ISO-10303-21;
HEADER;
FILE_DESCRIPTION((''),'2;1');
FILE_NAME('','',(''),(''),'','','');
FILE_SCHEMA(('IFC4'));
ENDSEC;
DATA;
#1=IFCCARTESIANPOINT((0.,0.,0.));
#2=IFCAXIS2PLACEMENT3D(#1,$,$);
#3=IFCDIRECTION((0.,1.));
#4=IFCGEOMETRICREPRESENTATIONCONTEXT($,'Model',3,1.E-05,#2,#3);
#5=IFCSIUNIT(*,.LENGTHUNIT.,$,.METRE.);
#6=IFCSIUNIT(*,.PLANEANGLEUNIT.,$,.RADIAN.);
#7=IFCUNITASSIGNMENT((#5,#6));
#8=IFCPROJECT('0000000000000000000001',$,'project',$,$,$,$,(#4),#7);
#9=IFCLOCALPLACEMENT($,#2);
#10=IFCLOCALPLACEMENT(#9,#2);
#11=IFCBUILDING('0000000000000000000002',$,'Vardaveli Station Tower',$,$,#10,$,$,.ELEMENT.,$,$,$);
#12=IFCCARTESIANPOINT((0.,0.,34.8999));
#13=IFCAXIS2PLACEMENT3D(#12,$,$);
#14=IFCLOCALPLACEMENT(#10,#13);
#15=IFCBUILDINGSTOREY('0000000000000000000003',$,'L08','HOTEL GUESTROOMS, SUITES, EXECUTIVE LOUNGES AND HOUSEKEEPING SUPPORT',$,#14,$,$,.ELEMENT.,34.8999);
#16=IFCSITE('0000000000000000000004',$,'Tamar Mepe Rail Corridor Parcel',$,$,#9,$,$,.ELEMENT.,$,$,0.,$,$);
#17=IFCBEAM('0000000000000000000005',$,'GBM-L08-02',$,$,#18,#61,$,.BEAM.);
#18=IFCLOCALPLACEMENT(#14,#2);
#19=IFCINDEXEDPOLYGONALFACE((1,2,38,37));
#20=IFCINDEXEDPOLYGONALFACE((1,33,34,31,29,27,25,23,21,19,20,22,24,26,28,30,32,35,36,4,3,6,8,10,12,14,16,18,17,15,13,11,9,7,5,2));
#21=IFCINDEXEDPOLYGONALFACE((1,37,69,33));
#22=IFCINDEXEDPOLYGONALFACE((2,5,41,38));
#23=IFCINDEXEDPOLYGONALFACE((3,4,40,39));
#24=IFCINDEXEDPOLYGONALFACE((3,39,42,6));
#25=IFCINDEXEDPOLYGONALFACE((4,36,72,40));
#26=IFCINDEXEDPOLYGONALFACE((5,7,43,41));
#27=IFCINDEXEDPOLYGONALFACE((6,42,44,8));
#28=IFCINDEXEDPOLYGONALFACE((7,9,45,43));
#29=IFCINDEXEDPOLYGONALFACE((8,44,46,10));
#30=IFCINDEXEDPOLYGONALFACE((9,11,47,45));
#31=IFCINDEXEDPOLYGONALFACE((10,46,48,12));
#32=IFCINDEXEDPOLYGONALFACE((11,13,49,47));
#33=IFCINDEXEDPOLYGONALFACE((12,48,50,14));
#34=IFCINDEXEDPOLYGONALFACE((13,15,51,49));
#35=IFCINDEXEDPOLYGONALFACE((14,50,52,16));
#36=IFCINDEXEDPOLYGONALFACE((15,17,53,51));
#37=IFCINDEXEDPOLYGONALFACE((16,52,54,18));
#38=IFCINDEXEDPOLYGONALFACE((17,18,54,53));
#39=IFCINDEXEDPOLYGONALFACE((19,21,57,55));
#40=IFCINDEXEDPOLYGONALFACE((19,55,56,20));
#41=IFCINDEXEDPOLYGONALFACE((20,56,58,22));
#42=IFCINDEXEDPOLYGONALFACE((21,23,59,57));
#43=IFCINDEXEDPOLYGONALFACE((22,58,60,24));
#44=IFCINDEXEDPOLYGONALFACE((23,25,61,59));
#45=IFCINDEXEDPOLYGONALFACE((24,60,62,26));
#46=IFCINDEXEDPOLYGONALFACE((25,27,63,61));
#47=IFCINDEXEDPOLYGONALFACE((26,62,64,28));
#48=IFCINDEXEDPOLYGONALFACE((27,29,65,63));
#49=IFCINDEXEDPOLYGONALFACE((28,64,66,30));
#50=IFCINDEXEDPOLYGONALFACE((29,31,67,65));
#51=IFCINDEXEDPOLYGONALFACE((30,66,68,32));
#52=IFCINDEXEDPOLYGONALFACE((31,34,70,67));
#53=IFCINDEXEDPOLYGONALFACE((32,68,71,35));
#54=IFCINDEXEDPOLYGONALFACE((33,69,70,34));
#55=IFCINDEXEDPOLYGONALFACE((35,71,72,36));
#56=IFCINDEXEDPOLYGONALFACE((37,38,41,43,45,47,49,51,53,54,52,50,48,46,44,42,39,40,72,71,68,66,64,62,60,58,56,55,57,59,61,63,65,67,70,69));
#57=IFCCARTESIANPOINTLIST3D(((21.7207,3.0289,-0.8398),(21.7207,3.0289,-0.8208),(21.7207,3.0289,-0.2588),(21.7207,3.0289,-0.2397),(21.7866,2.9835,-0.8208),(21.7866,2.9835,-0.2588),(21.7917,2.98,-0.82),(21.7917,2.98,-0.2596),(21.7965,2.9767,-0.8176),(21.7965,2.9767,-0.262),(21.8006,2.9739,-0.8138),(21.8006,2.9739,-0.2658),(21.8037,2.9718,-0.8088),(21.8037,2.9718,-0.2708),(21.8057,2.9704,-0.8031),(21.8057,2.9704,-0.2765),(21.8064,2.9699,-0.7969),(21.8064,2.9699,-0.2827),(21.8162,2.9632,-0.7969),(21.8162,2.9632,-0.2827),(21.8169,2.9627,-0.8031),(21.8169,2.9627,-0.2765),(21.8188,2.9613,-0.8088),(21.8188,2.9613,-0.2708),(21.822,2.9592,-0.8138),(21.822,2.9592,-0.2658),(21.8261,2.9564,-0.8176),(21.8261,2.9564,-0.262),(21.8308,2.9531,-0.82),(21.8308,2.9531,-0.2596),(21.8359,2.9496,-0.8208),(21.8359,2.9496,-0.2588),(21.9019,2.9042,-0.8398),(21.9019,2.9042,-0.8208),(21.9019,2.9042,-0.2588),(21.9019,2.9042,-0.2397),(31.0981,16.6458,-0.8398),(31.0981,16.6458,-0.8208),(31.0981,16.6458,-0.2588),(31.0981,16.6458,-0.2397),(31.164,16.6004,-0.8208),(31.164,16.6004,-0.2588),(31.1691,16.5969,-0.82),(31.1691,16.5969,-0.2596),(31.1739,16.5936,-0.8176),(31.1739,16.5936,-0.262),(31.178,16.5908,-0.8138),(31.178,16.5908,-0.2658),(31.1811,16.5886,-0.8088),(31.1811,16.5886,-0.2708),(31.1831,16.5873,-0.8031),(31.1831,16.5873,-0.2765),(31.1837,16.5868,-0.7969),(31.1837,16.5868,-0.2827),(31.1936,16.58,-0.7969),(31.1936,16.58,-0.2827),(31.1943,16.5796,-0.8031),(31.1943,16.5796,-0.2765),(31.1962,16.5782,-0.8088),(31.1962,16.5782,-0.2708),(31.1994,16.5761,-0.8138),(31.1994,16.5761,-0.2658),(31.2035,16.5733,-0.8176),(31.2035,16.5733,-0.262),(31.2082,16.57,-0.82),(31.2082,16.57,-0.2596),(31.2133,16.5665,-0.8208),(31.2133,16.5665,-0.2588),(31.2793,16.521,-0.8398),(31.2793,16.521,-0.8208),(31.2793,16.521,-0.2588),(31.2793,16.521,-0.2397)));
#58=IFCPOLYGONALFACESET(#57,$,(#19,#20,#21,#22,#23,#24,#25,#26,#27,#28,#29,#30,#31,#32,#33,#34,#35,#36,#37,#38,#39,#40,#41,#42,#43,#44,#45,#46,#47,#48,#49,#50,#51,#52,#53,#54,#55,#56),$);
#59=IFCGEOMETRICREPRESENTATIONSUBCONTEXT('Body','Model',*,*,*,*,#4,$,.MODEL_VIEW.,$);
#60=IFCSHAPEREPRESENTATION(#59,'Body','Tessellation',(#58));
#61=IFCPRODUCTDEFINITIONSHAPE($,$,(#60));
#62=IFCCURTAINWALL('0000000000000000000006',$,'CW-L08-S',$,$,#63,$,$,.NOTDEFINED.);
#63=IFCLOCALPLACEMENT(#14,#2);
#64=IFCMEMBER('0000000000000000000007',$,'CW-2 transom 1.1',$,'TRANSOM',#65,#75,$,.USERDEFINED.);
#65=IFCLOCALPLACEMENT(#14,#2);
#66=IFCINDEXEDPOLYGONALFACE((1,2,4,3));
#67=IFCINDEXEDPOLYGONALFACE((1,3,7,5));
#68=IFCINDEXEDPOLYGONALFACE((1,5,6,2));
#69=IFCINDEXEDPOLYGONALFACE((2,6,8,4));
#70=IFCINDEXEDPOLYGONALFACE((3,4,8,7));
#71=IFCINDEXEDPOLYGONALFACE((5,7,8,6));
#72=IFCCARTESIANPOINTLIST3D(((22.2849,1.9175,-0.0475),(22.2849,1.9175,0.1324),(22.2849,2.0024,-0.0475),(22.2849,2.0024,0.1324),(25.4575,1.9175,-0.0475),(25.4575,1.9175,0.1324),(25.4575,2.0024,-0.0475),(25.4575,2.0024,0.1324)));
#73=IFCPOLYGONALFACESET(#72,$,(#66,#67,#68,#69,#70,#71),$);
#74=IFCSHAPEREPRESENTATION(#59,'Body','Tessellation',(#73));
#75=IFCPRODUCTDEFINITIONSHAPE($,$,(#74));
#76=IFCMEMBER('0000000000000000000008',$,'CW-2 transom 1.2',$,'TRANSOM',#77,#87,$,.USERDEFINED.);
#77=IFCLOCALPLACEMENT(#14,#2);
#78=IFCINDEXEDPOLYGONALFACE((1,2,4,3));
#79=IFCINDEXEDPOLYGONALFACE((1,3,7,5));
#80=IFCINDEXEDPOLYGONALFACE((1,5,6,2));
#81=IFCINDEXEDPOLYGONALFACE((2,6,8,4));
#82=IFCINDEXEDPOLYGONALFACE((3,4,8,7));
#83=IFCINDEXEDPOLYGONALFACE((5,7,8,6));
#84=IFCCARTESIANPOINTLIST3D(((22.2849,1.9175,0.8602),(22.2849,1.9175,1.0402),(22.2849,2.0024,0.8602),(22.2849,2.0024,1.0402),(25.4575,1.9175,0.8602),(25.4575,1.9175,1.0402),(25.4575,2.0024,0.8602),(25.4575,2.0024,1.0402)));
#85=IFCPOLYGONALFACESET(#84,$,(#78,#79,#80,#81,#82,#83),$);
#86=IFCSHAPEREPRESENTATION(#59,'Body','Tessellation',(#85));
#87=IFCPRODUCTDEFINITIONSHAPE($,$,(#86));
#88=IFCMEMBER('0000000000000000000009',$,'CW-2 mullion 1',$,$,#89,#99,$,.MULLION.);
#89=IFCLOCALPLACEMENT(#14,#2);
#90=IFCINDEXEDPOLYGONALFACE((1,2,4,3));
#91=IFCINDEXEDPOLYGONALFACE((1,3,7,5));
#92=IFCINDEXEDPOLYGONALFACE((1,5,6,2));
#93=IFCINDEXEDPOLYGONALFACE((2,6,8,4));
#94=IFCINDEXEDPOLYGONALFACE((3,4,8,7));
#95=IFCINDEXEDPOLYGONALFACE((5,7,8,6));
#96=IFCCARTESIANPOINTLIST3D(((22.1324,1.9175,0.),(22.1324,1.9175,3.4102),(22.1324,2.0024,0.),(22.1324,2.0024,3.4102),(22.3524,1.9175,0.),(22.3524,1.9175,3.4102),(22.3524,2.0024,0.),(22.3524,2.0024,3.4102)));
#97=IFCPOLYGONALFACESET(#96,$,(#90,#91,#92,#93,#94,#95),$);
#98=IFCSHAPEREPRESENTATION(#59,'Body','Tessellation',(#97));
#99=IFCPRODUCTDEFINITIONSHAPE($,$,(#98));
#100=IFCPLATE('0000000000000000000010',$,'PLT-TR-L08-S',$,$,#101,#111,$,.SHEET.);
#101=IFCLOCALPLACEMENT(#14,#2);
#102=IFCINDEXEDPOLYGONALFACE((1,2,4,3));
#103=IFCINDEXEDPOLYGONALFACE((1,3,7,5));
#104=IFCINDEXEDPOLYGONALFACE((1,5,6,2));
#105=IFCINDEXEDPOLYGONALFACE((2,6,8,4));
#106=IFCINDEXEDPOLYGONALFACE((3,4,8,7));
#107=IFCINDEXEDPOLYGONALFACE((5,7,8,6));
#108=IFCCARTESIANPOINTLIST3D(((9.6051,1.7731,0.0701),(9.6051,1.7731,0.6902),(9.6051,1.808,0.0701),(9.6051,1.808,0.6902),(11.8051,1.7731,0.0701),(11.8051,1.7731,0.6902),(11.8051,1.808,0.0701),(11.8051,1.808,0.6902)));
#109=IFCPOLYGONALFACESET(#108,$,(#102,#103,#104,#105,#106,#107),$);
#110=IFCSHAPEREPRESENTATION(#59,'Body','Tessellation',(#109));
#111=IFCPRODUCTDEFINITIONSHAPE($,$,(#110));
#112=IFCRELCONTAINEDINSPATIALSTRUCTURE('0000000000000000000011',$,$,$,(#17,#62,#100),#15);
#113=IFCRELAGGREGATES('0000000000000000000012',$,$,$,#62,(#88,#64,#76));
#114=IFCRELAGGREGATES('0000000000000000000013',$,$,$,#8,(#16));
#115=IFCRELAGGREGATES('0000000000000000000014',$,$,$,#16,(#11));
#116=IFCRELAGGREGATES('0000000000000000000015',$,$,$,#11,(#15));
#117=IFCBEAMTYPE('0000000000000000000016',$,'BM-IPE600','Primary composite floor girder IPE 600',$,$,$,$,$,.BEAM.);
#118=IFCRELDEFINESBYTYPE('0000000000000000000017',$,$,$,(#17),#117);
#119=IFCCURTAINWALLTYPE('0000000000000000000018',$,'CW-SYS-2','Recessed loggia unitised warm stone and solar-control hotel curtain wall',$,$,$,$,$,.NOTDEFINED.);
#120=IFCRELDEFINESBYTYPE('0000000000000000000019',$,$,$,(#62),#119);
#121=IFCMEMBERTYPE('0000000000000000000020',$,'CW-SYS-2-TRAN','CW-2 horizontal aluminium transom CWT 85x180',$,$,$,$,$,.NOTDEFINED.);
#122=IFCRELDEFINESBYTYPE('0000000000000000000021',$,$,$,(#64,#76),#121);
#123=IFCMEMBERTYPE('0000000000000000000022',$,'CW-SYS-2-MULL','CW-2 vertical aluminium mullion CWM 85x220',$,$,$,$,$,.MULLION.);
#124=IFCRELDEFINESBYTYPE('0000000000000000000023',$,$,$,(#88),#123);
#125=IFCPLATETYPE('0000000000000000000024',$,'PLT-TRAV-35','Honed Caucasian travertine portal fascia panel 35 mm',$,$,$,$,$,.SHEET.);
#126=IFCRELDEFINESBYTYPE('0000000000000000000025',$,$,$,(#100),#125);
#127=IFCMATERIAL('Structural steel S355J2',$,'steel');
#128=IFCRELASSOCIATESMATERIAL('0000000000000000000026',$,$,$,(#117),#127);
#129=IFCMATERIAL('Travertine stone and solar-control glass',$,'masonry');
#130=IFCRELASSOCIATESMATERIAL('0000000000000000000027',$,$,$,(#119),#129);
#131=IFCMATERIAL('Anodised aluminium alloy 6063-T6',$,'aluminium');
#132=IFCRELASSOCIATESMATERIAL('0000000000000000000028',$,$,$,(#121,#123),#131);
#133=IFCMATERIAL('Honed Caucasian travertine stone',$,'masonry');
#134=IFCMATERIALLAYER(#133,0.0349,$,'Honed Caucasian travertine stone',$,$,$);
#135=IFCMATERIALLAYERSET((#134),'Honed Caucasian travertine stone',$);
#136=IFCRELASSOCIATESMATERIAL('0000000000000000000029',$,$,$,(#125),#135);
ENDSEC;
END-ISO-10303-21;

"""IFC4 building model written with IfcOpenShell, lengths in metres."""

from ifc_helpers import new_model, si_unit, direction, frame, origin, origin_2d, place, context, subcontext, project, spatial, rectangle, i_section, extrude, source, transform, mapped, material, layer, layer_set, material_profile, profile_set, type_object, element, aggregate, save


model = new_model("IFC4")

# Units and contexts
model_context = context("Model", 3, precision=1e-05, world=origin(), true_north=direction((0.0, 1.0)))
body_context = subcontext(model_context, "Body", "Model", "MODEL_VIEW")
ifc_project = project(units=[si_unit("LENGTHUNIT", "METRE"), si_unit("PLANEANGLEUNIT", "RADIAN")], contexts=[model_context])

# Site, building, storey
site_placement = place(None, origin())
site = spatial("IfcSite", under=ifc_project, at=site_placement, Name="Tamar Mepe Rail Corridor Parcel", CompositionType="ELEMENT", RefElevation=0.0)
building_placement = place(site_placement, origin())
building = spatial("IfcBuilding", under=site, at=building_placement, Name="Vardaveli Station Tower", CompositionType="ELEMENT")
storey_placement = place(building_placement, frame((0.0, 0.0, 34.8999)))
storey = spatial("IfcBuildingStorey", under=building, at=storey_placement, Name="L08", Description="HOTEL GUESTROOMS, SUITES, EXECUTIVE LOUNGES AND HOUSEKEEPING SUPPORT", CompositionType="ELEMENT", Elevation=34.8999)

# Beam
ifc_material_1 = material(Name="Structural steel S355J2", Category="steel")
ifc_material_profile_1 = material_profile(ifc_material_1, i_section(OverallWidth=0.22, OverallDepth=0.6001, WebThickness=0.012, FlangeThickness=0.019, FilletRadius=0.0239, at=origin_2d()), Name="IPE 600")
ifc_profile_set_1 = profile_set([ifc_material_profile_1], Name="Structural steel S355J2")
beam_type_1 = type_object("IfcBeamType", Name="BM-IPE600", Description="Primary composite floor girder IPE 600", PredefinedType="BEAM", material=ifc_profile_set_1)
shared_shape_1 = source(origin(), body_context, "Body", "SweptSolid", [
    extrude(i_section(OverallWidth=0.22, OverallDepth=0.6001, WebThickness=0.012, FlangeThickness=0.019, FilletRadius=0.0239, at=origin_2d()), origin(), (0.0, 0.0, 1.0), 16.5334),
])
beam_1_placement = place(storey_placement, frame((21.8113, 2.9666, -0.5398), z_axis=(0.567177, 0.823596, 0.0), x_axis=(-0.823596, 0.567177, 0.0)))
element("IfcBeam", 1, at=beam_1_placement, inside=storey, type_object=beam_type_1, Name="GBM-L08-02", PredefinedType="BEAM", context=body_context, shape_type="MappedRepresentation", body=[
    mapped(shared_shape_1, transform((0.0, 0.0, 0.0), scale=1.0)),
])

# Curtain wall, members
ifc_material_2 = material(Name="Travertine stone and solar-control glass", Category="masonry")
curtain_wall_type = type_object("IfcCurtainWallType", Name="CW-SYS-2", Description="Recessed loggia unitised warm stone and solar-control hotel curtain wall", PredefinedType="NOTDEFINED", material=ifc_material_2)
curtain_wall_placement = place(storey_placement, origin())
curtain_wall = element("IfcCurtainWall", 2, at=curtain_wall_placement, inside=storey, type_object=curtain_wall_type, Name="CW-L08-S", PredefinedType="NOTDEFINED")
ifc_material_3 = material(Name="Anodised aluminium alloy 6063-T6", Category="aluminium")
ifc_material_profile_2 = material_profile(ifc_material_3, rectangle(XDim=0.085, YDim=0.1799, at=origin_2d()), Name="CWT 85x180")
ifc_profile_set_2 = profile_set([ifc_material_profile_2], Name="Anodised aluminium alloy 6063-T6")
member_type_1 = type_object("IfcMemberType", Name="CW-SYS-2-TRAN", Description="CW-2 horizontal aluminium transom CWT 85x180", PredefinedType="NOTDEFINED", material=ifc_profile_set_2)
shared_shape_2 = source(origin(), body_context, "Body", "SweptSolid", [
    extrude(rectangle(XDim=0.085, YDim=0.1799, at=origin_2d()), origin(), (0.0, 0.0, 1.0), 3.1726),
])
member_1_placement = place(storey_placement, frame((22.2849, 1.96, 0.0425), z_axis=(1.0, 0.0, 0.0), x_axis=(0.0, 1.0, 0.0)))
member_1 = element("IfcMember", 3, at=member_1_placement, type_object=member_type_1, Name="CW-2 transom 1.1", ObjectType="TRANSOM", PredefinedType="USERDEFINED", context=body_context, shape_type="MappedRepresentation", body=[
    mapped(shared_shape_2, transform((0.0, 0.0, 0.0), scale=1.0)),
])
member_2_placement = place(storey_placement, frame((22.2849, 1.96, 0.9502), z_axis=(1.0, 0.0, 0.0), x_axis=(0.0, 1.0, 0.0)))
member_2 = element("IfcMember", 4, at=member_2_placement, type_object=member_type_1, Name="CW-2 transom 1.2", ObjectType="TRANSOM", PredefinedType="USERDEFINED", context=body_context, shape_type="MappedRepresentation", body=[
    mapped(shared_shape_2, transform((0.0, 0.0, 0.0), scale=1.0)),
])
ifc_material_profile_3 = material_profile(ifc_material_3, rectangle(XDim=0.085, YDim=0.22, at=origin_2d()), Name="CWM 85x220")
ifc_profile_set_3 = profile_set([ifc_material_profile_3], Name="Anodised aluminium alloy 6063-T6")
member_type_2 = type_object("IfcMemberType", Name="CW-SYS-2-MULL", Description="CW-2 vertical aluminium mullion CWM 85x220", PredefinedType="MULLION", material=ifc_profile_set_3)
shared_shape_3 = source(origin(), body_context, "Body", "SweptSolid", [
    extrude(rectangle(XDim=0.085, YDim=0.22, at=origin_2d()), origin(), (0.0, 0.0, 1.0), 3.4102),
])
member_3_placement = place(storey_placement, frame((22.2424, 1.96, 0.0), z_axis=(0.0, 0.0, 1.0), x_axis=(0.0, 1.0, 0.0)))
member_3 = element("IfcMember", 5, at=member_3_placement, type_object=member_type_2, Name="CW-2 mullion 1", PredefinedType="MULLION", context=body_context, shape_type="MappedRepresentation", body=[
    mapped(shared_shape_3, transform((0.0, 0.0, 0.0), scale=1.0)),
])
aggregate(curtain_wall, [member_3, member_1, member_2])

# Plate
ifc_material_4 = material(Name="Honed Caucasian travertine stone", Category="masonry")
ifc_layer_1 = layer(ifc_material_4, 0.0349, Name="Honed Caucasian travertine stone")
ifc_layer_set_1 = layer_set([ifc_layer_1], Name="Honed Caucasian travertine stone")
plate_type = type_object("IfcPlateType", Name="PLT-TRAV-35", Description="Honed Caucasian travertine portal fascia panel 35 mm", PredefinedType="SHEET", material=ifc_layer_set_1)
shared_shape_4 = source(origin(), body_context, "Body", "SweptSolid", [
    extrude(rectangle(XDim=2.2, YDim=0.0349, at=origin_2d()), origin(), (0.0, 0.0, 1.0), 0.6201),
])
plate_placement = place(storey_placement, frame((10.7051, 1.7905, 0.0701), z_axis=(0.0, 0.0, 1.0), x_axis=(1.0, 0.0, 0.0)))
element("IfcPlate", 6, at=plate_placement, inside=storey, type_object=plate_type, Name="PLT-TR-L08-S", PredefinedType="SHEET", context=body_context, shape_type="MappedRepresentation", body=[
    mapped(shared_shape_4, transform((0.0, 0.0, 0.0), scale=1.0)),
])

save(model, "model.ifc")
